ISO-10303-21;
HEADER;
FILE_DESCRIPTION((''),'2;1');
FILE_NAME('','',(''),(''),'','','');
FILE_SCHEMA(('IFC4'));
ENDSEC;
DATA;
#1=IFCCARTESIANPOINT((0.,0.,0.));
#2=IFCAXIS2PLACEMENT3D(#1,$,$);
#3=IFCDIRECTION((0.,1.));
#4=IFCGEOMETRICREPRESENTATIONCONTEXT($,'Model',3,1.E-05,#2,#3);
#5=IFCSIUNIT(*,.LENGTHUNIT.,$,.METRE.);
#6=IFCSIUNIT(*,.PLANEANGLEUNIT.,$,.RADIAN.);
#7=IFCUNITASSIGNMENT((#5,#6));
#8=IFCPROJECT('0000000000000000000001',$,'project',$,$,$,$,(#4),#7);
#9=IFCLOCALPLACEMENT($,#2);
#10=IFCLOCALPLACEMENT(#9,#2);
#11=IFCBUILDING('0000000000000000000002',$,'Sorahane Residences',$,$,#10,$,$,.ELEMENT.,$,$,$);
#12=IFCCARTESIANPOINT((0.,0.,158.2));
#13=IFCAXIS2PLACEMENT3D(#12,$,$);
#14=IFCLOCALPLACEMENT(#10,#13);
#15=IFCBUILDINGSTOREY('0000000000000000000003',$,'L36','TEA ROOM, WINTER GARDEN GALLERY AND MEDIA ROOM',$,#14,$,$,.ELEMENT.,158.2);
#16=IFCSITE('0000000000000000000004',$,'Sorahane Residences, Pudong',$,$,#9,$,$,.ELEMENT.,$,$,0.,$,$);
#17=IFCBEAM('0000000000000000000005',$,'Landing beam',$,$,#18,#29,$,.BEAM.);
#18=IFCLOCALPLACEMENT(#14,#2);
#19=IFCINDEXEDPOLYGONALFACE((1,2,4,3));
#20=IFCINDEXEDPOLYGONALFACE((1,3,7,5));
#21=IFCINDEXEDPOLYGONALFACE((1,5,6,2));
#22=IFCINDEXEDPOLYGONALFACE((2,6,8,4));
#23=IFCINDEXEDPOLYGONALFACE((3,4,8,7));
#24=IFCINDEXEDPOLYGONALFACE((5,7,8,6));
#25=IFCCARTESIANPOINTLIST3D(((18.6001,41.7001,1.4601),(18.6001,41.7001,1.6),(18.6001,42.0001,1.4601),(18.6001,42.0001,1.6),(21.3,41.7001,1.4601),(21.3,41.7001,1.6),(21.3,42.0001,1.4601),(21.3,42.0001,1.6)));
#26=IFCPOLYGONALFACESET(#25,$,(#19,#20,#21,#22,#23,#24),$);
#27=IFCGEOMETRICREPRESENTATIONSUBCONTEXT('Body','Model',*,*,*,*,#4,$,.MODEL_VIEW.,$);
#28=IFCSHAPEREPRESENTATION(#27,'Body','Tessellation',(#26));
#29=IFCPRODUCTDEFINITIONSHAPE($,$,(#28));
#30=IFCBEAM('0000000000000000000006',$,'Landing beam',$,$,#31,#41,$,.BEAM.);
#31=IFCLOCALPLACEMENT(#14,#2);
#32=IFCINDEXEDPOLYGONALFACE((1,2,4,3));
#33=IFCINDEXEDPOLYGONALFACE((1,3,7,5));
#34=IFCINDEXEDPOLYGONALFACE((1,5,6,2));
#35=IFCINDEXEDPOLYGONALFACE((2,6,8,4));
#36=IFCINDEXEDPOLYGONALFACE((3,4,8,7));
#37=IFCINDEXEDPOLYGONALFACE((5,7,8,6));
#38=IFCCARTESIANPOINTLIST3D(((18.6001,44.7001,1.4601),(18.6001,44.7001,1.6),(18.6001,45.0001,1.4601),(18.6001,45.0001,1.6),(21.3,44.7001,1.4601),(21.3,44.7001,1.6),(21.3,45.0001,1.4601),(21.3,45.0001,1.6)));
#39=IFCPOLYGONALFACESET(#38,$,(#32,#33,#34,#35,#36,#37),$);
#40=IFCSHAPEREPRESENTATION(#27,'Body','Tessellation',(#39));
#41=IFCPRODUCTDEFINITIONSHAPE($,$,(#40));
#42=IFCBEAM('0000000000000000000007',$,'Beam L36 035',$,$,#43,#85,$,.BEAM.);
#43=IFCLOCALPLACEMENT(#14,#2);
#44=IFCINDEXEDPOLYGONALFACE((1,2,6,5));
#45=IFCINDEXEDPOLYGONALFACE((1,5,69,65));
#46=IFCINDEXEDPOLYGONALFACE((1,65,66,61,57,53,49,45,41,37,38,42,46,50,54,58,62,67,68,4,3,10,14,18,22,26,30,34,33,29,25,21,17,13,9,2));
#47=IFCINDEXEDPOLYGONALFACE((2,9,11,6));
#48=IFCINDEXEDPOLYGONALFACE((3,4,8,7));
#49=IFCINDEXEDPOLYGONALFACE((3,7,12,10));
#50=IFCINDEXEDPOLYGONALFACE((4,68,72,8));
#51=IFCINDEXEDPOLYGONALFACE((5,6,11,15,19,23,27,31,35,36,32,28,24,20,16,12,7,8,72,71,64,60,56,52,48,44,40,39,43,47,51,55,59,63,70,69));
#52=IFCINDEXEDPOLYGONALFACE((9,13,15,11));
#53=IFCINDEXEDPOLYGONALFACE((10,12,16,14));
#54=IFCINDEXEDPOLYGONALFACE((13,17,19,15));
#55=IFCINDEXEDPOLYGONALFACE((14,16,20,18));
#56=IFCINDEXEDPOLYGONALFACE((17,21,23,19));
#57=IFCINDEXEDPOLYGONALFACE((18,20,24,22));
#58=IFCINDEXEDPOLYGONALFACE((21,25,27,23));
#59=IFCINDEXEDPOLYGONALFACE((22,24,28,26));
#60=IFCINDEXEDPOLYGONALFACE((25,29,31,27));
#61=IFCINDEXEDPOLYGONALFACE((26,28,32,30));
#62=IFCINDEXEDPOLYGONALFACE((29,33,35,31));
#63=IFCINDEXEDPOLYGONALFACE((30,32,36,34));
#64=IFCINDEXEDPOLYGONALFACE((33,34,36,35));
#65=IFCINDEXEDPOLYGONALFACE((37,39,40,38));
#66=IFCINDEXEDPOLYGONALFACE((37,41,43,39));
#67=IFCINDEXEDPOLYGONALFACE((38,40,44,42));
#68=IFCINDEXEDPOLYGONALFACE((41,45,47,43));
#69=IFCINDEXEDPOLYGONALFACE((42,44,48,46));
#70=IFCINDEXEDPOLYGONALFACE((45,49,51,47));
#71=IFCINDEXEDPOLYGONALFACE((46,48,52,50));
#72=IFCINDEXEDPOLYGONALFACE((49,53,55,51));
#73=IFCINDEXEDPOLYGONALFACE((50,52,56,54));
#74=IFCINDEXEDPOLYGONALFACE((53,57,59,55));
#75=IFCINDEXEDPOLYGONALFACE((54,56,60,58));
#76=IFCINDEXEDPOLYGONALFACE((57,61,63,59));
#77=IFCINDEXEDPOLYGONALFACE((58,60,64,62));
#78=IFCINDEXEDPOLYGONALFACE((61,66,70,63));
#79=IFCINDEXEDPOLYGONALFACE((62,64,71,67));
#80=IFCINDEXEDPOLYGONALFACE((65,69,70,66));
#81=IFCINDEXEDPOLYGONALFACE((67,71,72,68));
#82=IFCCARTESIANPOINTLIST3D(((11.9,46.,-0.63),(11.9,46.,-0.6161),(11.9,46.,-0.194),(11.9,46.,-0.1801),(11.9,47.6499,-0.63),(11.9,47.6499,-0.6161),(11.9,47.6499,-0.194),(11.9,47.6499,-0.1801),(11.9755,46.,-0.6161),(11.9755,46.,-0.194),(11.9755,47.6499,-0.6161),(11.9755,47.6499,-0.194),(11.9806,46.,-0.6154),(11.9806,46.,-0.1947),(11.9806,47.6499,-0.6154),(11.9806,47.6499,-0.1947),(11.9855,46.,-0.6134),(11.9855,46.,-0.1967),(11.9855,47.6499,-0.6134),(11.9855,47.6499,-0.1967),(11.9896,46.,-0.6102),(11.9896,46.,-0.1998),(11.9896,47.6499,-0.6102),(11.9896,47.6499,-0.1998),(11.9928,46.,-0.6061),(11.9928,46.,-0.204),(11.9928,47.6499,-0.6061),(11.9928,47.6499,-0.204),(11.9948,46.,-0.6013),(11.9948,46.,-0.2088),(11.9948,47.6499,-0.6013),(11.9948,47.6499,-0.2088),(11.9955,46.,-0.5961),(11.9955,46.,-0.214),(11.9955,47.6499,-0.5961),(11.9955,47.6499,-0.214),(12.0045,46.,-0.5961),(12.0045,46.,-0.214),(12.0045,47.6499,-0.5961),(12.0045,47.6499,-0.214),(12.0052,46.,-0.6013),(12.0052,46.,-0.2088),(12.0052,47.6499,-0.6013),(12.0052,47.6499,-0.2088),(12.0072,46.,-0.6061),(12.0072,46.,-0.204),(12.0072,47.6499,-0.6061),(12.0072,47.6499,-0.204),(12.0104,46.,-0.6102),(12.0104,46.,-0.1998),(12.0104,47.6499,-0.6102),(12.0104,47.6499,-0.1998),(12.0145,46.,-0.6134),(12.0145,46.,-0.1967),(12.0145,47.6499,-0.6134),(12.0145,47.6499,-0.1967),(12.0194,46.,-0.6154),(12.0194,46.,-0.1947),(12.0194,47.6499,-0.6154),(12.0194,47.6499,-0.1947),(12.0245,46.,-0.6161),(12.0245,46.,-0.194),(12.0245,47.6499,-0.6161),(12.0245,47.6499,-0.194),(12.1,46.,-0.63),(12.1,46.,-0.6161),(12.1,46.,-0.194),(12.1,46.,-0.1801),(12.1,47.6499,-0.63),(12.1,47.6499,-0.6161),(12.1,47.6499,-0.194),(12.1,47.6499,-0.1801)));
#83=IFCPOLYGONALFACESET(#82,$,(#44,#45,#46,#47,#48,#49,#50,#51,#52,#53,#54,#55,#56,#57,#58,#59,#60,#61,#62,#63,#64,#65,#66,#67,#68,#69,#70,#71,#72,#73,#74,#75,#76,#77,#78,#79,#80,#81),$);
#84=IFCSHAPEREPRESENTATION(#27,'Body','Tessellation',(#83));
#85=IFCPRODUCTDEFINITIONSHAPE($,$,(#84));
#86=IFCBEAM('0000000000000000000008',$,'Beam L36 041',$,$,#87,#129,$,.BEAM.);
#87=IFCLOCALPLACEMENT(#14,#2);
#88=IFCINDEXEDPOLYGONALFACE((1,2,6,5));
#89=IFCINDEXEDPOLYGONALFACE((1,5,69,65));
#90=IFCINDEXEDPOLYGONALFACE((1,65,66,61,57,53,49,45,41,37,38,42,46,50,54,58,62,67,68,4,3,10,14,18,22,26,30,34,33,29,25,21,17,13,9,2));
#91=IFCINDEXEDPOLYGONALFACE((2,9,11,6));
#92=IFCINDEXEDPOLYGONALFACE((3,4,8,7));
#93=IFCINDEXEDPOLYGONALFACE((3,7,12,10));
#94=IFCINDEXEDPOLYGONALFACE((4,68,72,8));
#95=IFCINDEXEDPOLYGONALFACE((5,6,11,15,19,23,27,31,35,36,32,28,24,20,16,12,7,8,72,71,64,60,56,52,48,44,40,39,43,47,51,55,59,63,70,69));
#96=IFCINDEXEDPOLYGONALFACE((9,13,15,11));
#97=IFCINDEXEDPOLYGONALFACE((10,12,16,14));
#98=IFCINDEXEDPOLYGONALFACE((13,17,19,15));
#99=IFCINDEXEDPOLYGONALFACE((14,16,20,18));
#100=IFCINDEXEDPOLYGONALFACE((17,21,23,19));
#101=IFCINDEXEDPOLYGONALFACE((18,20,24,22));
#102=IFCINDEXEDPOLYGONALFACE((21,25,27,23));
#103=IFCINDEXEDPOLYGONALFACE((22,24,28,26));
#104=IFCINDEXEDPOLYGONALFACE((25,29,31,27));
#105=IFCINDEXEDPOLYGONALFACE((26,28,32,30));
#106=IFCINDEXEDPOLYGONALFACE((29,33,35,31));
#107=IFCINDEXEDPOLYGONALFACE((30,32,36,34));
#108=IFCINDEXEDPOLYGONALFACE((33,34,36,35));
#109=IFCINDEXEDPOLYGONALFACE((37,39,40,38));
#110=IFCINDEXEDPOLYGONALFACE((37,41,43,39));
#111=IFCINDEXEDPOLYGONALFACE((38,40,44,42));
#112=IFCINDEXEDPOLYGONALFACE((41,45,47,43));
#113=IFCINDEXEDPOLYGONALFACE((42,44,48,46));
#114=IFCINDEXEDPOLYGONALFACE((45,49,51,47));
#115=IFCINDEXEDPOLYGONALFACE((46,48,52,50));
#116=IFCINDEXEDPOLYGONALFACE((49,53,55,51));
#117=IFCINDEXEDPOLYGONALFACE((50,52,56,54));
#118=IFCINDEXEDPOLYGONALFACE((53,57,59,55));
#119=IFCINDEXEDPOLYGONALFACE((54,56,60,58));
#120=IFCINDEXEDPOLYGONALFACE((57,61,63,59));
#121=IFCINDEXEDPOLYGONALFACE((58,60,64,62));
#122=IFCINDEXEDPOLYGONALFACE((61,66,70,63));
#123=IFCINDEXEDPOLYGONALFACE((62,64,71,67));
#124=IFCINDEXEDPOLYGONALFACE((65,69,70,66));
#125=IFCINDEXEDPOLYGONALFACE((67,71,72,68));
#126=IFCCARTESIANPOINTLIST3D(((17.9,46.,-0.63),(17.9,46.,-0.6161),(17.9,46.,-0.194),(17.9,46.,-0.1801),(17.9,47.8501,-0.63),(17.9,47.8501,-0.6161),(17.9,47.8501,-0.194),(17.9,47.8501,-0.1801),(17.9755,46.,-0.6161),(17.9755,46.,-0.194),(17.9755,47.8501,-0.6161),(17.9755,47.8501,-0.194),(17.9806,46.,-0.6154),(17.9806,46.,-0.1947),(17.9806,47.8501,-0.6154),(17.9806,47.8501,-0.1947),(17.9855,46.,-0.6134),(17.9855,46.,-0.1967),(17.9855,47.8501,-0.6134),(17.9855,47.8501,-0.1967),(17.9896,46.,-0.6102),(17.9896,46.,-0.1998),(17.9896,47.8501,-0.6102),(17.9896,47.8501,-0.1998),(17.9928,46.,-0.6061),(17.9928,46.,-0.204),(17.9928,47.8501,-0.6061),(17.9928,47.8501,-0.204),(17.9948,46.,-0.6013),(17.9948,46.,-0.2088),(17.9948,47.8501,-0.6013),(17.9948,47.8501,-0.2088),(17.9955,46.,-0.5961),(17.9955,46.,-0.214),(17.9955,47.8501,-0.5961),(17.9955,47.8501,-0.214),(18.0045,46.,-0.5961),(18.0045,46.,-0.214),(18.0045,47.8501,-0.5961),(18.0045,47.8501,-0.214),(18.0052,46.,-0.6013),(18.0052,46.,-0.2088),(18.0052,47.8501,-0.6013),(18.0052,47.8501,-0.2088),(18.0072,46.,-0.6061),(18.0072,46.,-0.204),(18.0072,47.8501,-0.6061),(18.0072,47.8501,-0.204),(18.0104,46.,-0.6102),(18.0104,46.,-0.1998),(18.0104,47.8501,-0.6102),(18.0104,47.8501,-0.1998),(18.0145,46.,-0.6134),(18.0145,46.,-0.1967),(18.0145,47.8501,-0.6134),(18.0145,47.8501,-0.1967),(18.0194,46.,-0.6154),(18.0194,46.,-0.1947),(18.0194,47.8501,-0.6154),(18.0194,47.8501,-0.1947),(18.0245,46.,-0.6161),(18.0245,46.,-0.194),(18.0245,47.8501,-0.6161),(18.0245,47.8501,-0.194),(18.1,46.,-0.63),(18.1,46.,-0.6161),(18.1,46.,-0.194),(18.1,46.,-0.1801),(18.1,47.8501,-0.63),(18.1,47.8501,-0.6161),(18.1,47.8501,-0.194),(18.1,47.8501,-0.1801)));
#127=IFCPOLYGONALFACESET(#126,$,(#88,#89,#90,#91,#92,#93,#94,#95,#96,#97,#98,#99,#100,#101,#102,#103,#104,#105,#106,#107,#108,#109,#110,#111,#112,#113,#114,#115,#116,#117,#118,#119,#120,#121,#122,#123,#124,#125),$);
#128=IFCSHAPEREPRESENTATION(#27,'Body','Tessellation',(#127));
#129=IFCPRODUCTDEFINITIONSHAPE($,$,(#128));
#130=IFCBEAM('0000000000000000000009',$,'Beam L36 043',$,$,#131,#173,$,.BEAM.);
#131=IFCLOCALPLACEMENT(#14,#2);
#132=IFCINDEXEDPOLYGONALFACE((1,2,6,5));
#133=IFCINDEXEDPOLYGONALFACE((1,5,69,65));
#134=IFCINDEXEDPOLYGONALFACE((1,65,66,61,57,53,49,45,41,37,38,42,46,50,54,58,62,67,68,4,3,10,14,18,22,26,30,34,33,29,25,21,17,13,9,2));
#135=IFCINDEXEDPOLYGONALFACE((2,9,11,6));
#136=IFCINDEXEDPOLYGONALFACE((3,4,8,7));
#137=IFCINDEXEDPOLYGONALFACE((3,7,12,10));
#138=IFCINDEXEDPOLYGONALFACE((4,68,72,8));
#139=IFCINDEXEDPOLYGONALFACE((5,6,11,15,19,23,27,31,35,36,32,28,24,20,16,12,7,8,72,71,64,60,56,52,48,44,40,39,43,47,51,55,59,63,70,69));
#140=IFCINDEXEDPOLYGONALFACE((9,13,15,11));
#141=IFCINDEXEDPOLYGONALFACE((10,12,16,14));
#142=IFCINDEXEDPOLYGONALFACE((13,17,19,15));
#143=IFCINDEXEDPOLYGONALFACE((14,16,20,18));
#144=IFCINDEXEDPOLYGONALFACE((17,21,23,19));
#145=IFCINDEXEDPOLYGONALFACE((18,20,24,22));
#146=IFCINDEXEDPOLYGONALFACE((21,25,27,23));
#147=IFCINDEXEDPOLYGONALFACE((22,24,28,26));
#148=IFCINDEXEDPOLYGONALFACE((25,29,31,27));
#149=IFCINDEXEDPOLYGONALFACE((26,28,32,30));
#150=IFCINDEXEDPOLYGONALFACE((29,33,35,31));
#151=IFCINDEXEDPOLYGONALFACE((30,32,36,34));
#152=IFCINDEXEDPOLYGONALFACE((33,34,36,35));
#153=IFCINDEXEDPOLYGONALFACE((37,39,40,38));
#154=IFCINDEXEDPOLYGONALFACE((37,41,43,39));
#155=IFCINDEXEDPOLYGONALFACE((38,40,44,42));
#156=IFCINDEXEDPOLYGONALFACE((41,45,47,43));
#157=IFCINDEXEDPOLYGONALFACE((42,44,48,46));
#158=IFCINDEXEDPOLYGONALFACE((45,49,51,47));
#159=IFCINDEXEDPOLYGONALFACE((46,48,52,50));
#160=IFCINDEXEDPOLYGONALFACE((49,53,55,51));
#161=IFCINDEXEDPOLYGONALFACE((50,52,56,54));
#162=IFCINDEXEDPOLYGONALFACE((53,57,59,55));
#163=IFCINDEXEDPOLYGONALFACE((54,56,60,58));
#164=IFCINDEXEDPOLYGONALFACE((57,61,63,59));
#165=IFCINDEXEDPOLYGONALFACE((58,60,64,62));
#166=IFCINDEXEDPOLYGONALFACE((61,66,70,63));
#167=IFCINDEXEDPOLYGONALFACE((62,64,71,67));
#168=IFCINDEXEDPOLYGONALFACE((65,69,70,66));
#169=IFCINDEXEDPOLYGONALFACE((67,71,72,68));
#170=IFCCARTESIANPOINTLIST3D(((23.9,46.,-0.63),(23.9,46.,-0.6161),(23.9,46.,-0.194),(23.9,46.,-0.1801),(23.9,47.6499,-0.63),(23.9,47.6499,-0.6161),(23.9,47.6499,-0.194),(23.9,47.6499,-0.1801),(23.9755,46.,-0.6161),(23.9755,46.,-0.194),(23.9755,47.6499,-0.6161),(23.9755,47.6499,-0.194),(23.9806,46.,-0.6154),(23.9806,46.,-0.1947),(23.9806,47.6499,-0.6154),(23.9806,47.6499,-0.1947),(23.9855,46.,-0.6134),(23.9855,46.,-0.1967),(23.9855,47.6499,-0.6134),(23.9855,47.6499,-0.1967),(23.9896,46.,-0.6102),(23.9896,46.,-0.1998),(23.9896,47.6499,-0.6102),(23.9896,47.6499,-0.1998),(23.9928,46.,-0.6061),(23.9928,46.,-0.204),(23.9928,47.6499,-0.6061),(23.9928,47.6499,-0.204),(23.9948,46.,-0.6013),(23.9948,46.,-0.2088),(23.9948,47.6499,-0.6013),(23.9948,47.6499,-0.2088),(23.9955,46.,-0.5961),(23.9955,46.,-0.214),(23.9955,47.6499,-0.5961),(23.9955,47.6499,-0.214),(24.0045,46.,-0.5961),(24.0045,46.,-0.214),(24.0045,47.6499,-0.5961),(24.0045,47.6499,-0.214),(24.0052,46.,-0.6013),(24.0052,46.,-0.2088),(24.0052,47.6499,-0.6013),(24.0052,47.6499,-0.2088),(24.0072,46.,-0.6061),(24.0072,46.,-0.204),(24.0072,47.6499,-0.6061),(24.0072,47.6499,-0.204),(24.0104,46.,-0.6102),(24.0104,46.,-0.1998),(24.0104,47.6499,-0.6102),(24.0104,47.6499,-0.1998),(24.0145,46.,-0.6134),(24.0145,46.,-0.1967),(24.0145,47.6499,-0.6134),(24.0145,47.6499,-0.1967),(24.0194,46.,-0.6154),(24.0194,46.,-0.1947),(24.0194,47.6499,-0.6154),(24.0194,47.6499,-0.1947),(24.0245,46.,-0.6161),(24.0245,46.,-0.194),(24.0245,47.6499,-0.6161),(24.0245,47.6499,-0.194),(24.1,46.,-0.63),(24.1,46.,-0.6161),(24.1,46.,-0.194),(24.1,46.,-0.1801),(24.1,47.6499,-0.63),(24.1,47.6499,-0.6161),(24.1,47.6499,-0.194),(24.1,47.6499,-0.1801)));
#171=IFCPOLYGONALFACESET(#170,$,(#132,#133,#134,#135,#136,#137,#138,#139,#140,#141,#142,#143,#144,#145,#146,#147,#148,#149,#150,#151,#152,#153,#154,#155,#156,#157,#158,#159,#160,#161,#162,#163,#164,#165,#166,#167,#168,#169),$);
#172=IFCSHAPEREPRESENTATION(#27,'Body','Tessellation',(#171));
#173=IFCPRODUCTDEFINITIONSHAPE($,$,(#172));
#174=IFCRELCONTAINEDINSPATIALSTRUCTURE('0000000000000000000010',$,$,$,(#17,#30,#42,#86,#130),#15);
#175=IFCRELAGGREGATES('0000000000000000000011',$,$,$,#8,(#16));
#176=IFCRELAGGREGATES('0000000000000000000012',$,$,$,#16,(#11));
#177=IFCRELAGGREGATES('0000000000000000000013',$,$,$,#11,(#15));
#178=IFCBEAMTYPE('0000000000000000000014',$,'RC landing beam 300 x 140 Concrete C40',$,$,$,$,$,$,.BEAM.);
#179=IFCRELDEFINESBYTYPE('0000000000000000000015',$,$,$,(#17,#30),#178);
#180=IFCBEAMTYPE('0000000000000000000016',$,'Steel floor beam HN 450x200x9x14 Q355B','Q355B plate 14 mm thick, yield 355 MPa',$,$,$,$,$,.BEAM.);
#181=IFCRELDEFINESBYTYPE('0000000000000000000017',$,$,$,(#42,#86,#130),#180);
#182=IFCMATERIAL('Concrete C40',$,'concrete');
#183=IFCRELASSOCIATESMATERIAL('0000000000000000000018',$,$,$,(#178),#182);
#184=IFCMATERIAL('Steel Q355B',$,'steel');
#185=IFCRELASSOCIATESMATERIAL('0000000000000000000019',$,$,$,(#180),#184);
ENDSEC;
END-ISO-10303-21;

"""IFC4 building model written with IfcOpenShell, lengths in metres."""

from ifc_helpers import new_model, si_unit, direction, frame, origin, origin_2d, place, context, subcontext, project, spatial, rectangle, i_section, extrude, material, material_profile, profile_set, type_object, element, save


model = new_model("IFC4")

# Units and contexts
model_context = context("Model", 3, precision=1e-05, world=origin(), true_north=direction((0.0, 1.0)))
body_context = subcontext(model_context, "Body", "Model", "MODEL_VIEW")
ifc_project = project(units=[si_unit("LENGTHUNIT", "METRE"), si_unit("PLANEANGLEUNIT", "RADIAN")], contexts=[model_context])

# Site, building, storey
site_placement = place(None, origin())
site = spatial("IfcSite", under=ifc_project, at=site_placement, Name="Sorahane Residences, Pudong", CompositionType="ELEMENT", RefElevation=0.0)
building_placement = place(site_placement, origin())
building = spatial("IfcBuilding", under=site, at=building_placement, Name="Sorahane Residences", CompositionType="ELEMENT")
storey_placement = place(building_placement, frame((0.0, 0.0, 158.2)))
storey = spatial("IfcBuildingStorey", under=building, at=storey_placement, Name="L36", Description="TEA ROOM, WINTER GARDEN GALLERY AND MEDIA ROOM", CompositionType="ELEMENT", Elevation=158.2)

# Beams
ifc_material_1 = material(Name="Concrete C40", Category="concrete")
ifc_material_profile_1 = material_profile(ifc_material_1, rectangle(XDim=0.3, YDim=0.1399, at=origin_2d()), Name="300x140")
ifc_profile_set_1 = profile_set([ifc_material_profile_1], Name="Concrete C40")
beam_type_1 = type_object("IfcBeamType", Name="RC landing beam 300 x 140 Concrete C40", PredefinedType="BEAM", material=ifc_profile_set_1)
for number, where, z_axis, x_axis, name in (
    (1, (18.6001, 41.8501, 1.53), (1.0, 0.0, 0.0), (0.0, 1.0, 0.0), "Landing beam"),
    (2, (18.6001, 44.8501, 1.53), (1.0, 0.0, 0.0), (0.0, 1.0, 0.0), "Landing beam"),
):
    element("IfcBeam", number, at=place(storey_placement, frame(where, z_axis=z_axis, x_axis=x_axis)), inside=storey, type_object=beam_type_1, Name=name, PredefinedType="BEAM", context=body_context, shape_type="SweptSolid", body=[
        extrude(rectangle(XDim=0.3, YDim=0.1399, at=origin_2d()), origin(), (0.0, 0.0, 1.0), 2.7),
    ])
ifc_material_2 = material(Name="Steel Q355B", Category="steel")
ifc_material_profile_2 = material_profile(ifc_material_2, i_section(OverallWidth=0.2, OverallDepth=0.45, WebThickness=0.009, FlangeThickness=0.0139, FilletRadius=0.02, at=origin_2d()), Name="HN 450x200x9x14")
ifc_profile_set_2 = profile_set([ifc_material_profile_2], Name="Steel Q355B")
beam_type_2 = type_object("IfcBeamType", Name="Steel floor beam HN 450x200x9x14 Q355B", Description="Q355B plate 14 mm thick, yield 355 MPa", PredefinedType="BEAM", material=ifc_profile_set_2)
beam_1_placement = place(storey_placement, frame((12.0, 46.0, -0.405), z_axis=(0.0, 1.0, 0.0), x_axis=(-1.0, 0.0, 0.0)))
element("IfcBeam", 3, at=beam_1_placement, inside=storey, type_object=beam_type_2, Name="Beam L36 035", PredefinedType="BEAM", context=body_context, shape_type="SweptSolid", body=[
    extrude(i_section(OverallWidth=0.2, OverallDepth=0.45, WebThickness=0.009, FlangeThickness=0.0139, FilletRadius=0.02, at=origin_2d()), origin(), (0.0, 0.0, 1.0), 1.6499),
])
beam_2_placement = place(storey_placement, frame((18.0, 46.0, -0.405), z_axis=(0.0, 1.0, 0.0), x_axis=(-1.0, 0.0, 0.0)))
element("IfcBeam", 4, at=beam_2_placement, inside=storey, type_object=beam_type_2, Name="Beam L36 041", PredefinedType="BEAM", context=body_context, shape_type="SweptSolid", body=[
    extrude(i_section(OverallWidth=0.2, OverallDepth=0.45, WebThickness=0.009, FlangeThickness=0.0139, FilletRadius=0.02, at=origin_2d()), origin(), (0.0, 0.0, 1.0), 1.8501),
])
beam_3_placement = place(storey_placement, frame((24.0, 46.0, -0.405), z_axis=(0.0, 1.0, 0.0), x_axis=(-1.0, 0.0, 0.0)))
element("IfcBeam", 5, at=beam_3_placement, inside=storey, type_object=beam_type_2, Name="Beam L36 043", PredefinedType="BEAM", context=body_context, shape_type="SweptSolid", body=[
    extrude(i_section(OverallWidth=0.2, OverallDepth=0.45, WebThickness=0.009, FlangeThickness=0.0139, FilletRadius=0.02, at=origin_2d()), origin(), (0.0, 0.0, 1.0), 1.6499),
])

save(model, "model.ifc")
